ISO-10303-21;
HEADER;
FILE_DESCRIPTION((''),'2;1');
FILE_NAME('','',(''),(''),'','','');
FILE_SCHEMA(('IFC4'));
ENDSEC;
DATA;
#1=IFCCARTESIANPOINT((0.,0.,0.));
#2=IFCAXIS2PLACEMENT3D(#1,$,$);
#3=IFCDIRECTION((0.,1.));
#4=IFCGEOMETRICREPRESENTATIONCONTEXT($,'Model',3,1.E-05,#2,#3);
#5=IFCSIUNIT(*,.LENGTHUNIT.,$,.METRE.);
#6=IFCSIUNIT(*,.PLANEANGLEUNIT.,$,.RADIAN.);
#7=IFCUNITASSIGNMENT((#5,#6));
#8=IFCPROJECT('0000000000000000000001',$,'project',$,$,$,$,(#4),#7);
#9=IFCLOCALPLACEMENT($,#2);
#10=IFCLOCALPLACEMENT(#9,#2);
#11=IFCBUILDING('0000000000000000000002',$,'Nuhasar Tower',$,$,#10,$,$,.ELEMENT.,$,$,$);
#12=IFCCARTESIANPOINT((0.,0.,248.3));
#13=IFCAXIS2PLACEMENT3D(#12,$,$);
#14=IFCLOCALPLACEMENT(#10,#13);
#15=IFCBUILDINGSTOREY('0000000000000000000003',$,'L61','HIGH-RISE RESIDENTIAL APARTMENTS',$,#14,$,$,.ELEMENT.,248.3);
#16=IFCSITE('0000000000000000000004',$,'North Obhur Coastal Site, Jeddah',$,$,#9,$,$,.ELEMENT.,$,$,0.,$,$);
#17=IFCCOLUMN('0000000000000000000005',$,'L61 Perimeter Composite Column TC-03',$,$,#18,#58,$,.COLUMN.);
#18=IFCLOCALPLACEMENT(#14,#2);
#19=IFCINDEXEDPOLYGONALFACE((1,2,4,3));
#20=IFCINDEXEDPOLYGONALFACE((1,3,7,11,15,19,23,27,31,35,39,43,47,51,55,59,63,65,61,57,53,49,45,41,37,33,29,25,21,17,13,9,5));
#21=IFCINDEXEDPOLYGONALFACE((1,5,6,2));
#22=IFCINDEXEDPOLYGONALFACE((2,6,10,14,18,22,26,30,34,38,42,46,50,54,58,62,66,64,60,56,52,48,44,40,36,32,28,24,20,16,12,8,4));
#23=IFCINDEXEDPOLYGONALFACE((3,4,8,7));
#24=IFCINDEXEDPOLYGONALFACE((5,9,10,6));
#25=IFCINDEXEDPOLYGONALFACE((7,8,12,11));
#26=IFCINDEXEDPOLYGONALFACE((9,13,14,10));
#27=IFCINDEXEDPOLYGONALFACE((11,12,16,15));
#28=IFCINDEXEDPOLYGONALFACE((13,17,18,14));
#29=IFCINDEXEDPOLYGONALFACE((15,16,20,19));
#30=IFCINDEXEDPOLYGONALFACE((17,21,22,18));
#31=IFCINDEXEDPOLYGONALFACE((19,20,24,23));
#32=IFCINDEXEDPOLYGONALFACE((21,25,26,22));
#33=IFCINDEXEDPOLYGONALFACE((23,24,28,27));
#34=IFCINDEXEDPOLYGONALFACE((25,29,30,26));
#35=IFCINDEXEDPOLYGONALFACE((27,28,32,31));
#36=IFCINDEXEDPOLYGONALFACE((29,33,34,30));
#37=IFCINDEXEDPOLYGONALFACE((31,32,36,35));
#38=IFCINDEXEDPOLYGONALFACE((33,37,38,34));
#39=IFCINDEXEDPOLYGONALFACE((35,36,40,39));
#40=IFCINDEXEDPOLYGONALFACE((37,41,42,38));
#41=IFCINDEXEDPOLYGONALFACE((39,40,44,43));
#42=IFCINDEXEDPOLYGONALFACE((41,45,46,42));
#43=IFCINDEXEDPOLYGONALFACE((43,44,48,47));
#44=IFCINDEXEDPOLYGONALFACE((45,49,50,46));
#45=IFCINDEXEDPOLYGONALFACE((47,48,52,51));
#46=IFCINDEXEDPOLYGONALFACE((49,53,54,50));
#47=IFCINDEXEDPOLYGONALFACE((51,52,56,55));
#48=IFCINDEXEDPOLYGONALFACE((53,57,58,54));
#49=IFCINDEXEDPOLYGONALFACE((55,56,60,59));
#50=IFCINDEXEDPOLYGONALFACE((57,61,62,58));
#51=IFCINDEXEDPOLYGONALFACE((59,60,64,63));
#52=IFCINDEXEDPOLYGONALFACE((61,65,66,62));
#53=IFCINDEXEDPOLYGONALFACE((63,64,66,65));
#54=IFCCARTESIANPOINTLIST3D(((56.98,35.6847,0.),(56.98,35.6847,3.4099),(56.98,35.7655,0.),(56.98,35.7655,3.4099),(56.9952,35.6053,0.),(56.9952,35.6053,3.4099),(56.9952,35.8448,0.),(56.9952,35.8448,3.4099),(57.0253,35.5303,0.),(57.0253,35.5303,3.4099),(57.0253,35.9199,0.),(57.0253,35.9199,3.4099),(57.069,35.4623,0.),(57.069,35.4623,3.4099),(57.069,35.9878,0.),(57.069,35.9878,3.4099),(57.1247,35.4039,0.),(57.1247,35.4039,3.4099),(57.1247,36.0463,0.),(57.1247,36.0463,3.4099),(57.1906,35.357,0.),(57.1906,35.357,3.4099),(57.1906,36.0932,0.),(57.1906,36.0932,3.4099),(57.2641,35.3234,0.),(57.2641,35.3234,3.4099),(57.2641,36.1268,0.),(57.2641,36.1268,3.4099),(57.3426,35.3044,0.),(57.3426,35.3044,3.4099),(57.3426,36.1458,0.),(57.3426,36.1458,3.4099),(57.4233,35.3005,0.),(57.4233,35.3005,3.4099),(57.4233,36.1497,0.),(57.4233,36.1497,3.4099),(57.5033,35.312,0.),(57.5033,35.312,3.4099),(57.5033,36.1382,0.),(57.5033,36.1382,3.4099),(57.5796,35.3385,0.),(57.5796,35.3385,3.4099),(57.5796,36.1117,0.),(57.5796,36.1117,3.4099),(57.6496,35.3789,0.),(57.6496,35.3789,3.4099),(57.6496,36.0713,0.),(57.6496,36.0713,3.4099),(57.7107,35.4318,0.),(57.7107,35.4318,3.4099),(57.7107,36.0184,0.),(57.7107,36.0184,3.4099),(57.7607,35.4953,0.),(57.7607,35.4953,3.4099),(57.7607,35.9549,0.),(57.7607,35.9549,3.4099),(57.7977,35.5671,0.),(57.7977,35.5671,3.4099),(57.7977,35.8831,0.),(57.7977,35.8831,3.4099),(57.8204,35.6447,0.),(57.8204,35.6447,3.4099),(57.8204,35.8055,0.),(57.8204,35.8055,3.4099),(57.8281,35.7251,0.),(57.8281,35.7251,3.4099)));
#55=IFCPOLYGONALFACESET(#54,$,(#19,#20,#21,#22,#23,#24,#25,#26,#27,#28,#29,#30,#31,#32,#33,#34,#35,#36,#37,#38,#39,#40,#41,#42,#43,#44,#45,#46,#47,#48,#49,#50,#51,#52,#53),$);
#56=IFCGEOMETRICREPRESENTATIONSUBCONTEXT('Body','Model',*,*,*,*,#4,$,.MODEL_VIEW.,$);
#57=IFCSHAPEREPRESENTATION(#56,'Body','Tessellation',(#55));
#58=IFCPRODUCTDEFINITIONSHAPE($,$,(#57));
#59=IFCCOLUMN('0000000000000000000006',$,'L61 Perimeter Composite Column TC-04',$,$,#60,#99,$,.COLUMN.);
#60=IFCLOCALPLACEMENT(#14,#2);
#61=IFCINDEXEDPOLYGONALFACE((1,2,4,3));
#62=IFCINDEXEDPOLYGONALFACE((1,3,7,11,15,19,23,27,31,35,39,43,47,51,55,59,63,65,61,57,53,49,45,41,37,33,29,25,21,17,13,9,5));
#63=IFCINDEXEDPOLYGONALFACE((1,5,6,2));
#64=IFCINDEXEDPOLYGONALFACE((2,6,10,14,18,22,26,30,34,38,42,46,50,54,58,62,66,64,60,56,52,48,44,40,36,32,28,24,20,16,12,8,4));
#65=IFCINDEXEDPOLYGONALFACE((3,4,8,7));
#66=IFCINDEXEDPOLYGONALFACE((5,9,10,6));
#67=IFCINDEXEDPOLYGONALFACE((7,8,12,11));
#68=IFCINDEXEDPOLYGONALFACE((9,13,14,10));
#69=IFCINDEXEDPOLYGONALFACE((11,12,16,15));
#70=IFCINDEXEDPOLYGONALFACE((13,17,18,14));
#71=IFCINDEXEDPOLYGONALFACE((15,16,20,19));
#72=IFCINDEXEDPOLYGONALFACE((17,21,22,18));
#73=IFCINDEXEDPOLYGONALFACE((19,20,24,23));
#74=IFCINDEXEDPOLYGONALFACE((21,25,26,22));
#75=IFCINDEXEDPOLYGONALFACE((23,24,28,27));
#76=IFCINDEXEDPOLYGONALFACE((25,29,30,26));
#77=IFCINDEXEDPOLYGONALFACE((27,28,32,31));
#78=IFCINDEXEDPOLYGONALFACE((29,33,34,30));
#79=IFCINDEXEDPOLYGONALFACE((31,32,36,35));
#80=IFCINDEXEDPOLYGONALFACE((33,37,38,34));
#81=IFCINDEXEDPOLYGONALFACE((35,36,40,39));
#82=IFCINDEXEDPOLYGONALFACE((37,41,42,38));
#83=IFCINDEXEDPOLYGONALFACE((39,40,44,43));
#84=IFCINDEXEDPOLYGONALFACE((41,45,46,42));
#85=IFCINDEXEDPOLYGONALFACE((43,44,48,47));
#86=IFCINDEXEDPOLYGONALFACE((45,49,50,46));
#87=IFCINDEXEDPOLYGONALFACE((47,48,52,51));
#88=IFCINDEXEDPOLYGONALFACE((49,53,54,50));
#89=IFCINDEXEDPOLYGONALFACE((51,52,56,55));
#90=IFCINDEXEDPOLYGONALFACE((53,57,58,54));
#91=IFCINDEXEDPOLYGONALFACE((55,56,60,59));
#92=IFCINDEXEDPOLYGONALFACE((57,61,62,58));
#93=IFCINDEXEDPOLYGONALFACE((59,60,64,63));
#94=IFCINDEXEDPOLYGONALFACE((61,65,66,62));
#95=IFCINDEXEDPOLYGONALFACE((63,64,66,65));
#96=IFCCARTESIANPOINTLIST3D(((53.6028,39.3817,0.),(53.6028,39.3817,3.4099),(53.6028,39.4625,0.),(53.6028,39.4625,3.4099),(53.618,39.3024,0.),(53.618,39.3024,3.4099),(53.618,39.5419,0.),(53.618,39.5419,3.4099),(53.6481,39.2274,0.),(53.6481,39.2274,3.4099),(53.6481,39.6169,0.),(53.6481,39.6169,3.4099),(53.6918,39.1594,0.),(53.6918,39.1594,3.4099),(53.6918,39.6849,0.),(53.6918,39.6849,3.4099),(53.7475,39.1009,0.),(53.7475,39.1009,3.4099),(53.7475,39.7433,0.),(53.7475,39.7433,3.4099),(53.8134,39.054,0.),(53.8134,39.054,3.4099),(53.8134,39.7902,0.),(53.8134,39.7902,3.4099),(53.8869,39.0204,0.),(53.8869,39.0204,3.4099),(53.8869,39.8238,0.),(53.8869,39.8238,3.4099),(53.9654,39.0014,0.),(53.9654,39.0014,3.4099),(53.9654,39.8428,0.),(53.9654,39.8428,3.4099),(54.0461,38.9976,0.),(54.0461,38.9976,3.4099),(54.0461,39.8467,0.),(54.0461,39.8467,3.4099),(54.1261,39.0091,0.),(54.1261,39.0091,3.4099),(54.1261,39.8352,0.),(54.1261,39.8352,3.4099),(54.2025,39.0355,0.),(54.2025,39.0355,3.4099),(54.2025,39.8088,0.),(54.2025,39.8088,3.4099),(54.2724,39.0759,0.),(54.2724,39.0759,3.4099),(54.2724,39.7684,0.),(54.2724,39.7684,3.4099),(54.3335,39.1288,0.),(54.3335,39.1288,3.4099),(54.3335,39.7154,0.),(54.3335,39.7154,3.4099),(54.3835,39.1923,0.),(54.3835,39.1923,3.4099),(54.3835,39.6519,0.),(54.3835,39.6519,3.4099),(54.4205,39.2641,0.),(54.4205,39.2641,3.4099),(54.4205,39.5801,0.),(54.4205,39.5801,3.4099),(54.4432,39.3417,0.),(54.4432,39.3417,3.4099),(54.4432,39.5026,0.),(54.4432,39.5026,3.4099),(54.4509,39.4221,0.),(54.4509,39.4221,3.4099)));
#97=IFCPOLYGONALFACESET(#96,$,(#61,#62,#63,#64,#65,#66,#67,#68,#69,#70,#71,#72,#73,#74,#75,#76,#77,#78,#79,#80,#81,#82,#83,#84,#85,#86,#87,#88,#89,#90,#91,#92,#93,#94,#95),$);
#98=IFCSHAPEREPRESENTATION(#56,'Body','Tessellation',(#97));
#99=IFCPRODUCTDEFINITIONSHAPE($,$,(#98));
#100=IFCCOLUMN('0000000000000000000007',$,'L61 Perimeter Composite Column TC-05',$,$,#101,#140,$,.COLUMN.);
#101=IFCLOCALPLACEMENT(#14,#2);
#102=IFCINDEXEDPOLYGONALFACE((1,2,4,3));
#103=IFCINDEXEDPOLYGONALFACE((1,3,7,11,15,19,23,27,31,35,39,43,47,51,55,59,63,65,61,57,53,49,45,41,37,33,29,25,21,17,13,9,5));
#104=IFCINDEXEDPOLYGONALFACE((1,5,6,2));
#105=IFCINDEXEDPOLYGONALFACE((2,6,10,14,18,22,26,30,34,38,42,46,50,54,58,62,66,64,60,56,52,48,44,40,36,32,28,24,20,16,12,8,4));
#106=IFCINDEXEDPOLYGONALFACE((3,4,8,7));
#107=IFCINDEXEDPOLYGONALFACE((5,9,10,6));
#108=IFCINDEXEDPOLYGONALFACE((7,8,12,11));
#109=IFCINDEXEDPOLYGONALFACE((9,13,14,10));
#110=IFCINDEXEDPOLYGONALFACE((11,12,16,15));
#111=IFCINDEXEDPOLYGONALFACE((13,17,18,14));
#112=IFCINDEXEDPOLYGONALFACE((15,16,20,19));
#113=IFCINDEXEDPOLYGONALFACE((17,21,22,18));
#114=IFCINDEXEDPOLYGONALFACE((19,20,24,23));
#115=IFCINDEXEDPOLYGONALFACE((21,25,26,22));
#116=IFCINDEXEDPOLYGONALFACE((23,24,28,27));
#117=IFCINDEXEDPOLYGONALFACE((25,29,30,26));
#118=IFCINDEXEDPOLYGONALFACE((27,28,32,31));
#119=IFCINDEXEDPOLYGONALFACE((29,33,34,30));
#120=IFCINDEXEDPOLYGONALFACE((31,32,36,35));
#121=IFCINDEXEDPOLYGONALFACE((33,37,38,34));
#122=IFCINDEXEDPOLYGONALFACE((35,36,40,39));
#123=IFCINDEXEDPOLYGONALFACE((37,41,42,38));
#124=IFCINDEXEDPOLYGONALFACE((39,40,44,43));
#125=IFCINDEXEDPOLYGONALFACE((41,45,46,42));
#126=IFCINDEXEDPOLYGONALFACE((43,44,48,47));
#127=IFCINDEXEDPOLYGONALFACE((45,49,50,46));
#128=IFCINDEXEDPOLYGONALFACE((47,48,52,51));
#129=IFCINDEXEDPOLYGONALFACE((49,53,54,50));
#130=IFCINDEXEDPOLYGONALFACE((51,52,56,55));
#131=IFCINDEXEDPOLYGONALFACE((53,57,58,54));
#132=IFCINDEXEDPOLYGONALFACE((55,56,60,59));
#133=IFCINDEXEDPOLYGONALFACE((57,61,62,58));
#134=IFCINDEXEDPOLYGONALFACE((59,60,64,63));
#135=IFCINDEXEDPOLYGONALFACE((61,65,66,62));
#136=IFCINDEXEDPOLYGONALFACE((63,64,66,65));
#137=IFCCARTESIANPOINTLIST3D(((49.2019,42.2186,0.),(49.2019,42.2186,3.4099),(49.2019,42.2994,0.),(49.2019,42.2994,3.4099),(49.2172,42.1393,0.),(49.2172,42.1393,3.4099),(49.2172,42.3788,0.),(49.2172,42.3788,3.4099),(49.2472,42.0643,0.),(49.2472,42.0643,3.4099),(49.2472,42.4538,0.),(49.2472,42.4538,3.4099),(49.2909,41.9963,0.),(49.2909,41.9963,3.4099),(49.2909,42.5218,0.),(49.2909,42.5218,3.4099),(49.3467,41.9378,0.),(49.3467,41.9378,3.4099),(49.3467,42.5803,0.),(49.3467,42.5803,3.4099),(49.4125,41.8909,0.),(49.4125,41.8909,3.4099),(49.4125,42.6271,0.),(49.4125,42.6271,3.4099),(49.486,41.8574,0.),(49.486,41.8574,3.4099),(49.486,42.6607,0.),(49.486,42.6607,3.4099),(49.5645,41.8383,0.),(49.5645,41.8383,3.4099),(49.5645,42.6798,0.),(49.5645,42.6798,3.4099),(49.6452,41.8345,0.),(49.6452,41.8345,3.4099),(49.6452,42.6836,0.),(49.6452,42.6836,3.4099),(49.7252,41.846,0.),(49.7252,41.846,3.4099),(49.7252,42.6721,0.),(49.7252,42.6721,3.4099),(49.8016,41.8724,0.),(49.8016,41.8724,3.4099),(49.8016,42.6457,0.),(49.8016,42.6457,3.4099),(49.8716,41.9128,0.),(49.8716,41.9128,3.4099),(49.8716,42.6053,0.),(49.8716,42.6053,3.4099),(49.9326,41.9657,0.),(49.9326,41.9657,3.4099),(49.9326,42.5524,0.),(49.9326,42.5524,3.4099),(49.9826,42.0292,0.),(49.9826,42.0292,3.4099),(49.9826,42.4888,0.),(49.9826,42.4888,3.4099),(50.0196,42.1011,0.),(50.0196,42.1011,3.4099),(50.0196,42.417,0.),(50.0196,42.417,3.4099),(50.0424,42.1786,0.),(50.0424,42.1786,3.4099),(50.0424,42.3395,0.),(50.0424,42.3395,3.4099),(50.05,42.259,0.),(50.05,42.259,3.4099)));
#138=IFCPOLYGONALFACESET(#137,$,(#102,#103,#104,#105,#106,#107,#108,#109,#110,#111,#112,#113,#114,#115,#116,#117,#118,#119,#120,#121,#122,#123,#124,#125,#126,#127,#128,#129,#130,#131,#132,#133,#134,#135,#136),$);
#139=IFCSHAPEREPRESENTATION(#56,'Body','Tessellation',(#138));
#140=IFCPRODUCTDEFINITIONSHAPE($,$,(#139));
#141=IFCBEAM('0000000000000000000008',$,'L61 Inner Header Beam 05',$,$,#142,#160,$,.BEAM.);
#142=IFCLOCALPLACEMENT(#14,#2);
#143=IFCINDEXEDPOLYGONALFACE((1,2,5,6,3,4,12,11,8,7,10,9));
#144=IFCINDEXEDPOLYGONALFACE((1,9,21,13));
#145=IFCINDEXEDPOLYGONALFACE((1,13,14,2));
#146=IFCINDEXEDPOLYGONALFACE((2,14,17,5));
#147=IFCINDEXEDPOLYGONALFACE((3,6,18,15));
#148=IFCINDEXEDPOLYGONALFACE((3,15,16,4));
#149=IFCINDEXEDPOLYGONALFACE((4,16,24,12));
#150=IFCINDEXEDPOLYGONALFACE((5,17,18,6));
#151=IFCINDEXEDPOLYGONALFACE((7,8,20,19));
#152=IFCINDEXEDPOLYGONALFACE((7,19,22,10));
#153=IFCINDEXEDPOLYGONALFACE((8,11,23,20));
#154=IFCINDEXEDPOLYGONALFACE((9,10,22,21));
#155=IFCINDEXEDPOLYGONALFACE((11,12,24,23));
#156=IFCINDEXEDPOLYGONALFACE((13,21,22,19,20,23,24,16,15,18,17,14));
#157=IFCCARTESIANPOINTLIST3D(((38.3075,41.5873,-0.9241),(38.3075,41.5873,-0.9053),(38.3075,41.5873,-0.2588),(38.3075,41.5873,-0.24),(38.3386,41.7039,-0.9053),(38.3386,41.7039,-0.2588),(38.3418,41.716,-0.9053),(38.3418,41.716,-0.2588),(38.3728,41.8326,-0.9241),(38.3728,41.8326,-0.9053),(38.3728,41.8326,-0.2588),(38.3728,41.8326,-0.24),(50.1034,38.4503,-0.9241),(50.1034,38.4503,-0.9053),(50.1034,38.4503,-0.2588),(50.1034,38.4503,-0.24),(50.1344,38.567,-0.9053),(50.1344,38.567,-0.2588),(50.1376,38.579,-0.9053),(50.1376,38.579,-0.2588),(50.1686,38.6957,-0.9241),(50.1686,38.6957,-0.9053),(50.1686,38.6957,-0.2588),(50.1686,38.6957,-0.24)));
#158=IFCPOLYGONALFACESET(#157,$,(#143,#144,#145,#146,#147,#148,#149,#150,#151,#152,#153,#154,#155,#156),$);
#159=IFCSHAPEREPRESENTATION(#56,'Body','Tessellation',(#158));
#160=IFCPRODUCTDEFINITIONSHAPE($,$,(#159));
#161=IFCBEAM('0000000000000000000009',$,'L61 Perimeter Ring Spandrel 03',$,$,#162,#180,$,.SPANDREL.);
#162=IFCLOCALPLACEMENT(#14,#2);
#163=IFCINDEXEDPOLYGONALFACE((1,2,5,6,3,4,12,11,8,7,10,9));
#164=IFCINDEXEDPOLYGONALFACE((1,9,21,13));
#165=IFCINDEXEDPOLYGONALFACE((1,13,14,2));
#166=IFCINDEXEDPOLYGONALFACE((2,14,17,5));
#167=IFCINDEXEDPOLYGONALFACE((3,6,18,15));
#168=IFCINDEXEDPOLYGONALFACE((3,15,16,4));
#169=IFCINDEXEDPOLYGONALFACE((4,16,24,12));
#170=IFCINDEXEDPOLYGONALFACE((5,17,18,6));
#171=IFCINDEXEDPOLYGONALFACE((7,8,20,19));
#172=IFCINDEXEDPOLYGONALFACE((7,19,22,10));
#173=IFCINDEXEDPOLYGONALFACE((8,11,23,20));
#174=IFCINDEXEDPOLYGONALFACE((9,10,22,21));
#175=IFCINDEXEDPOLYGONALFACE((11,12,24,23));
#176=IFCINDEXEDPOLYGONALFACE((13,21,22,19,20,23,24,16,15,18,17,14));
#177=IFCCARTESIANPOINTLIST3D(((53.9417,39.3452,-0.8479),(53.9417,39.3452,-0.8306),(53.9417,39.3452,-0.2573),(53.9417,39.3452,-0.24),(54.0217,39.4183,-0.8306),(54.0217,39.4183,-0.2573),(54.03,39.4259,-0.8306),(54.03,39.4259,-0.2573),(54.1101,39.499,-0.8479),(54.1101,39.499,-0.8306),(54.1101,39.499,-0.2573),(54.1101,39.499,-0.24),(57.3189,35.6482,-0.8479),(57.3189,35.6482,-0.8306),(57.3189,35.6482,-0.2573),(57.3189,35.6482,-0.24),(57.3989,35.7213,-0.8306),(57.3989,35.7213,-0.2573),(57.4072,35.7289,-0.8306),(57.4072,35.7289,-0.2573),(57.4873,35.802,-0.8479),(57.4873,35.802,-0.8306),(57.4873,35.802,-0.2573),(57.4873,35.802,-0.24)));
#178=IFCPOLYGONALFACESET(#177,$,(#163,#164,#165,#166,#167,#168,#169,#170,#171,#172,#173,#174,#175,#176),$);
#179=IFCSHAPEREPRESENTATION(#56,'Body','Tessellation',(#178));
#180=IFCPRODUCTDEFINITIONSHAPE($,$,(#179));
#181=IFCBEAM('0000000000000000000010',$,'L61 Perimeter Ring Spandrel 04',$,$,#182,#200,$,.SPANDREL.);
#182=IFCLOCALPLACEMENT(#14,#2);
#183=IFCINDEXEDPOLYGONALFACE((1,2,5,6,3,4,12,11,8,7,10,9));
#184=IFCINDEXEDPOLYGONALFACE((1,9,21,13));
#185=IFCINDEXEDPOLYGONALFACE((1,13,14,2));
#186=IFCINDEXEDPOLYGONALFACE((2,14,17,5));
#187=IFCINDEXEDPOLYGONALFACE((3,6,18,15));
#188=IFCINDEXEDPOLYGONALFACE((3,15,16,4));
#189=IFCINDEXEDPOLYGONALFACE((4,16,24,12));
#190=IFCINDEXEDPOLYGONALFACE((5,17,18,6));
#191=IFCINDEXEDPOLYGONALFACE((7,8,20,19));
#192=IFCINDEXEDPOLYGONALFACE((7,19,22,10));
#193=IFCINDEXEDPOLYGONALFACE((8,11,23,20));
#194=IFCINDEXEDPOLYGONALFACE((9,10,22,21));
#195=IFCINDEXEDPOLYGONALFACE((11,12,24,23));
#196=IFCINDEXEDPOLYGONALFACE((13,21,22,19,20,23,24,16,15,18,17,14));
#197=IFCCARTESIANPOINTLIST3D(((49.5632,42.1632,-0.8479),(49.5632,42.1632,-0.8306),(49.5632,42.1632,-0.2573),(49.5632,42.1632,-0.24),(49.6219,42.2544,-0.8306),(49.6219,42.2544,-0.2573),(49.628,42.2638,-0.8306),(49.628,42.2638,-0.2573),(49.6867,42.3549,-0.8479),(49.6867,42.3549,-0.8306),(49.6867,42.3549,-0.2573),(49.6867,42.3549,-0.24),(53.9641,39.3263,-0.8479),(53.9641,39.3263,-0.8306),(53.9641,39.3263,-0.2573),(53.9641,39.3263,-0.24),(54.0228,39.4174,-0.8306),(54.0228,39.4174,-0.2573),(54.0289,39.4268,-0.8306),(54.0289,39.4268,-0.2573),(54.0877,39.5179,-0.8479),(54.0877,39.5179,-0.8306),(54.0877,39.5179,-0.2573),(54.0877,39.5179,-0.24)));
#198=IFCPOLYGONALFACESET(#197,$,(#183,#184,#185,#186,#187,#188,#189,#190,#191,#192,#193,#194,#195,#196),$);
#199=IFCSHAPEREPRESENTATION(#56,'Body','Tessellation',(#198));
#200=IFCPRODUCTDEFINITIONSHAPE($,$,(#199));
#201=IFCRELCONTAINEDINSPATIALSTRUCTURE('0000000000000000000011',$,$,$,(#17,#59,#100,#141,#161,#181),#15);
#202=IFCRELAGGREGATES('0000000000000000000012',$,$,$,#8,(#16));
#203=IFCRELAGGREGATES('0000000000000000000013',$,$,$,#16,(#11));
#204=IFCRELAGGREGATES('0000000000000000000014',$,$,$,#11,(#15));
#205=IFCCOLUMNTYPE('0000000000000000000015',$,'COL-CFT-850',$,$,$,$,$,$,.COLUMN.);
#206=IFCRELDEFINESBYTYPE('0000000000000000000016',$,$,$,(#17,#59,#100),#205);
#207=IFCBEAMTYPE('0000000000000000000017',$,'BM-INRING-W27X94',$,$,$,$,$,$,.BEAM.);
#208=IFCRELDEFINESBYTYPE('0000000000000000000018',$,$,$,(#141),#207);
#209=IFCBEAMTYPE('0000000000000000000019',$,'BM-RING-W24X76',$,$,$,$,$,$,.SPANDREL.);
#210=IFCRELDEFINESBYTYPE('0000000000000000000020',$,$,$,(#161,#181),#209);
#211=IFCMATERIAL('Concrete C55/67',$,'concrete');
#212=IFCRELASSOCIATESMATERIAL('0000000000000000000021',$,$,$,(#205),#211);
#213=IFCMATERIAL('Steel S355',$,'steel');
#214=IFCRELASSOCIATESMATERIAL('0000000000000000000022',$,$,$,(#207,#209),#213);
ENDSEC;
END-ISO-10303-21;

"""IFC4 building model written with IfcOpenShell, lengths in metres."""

from ifc_helpers import new_model, si_unit, direction, frame, origin, origin_2d, place, context, subcontext, project, spatial, circle, i_section, extrude, material, material_profile, profile_set, type_object, element, save


model = new_model("IFC4")

# Units and contexts
model_context = context("Model", 3, precision=1e-05, world=origin(), true_north=direction((0.0, 1.0)))
body_context = subcontext(model_context, "Body", "Model", "MODEL_VIEW")
ifc_project = project(units=[si_unit("LENGTHUNIT", "METRE"), si_unit("PLANEANGLEUNIT", "RADIAN")], contexts=[model_context])

# Site, building, storey
site_placement = place(None, origin())
site = spatial("IfcSite", under=ifc_project, at=site_placement, Name="North Obhur Coastal Site, Jeddah", CompositionType="ELEMENT", RefElevation=0.0)
building_placement = place(site_placement, origin())
building = spatial("IfcBuilding", under=site, at=building_placement, Name="Nuhasar Tower", CompositionType="ELEMENT")
storey_placement = place(building_placement, frame((0.0, 0.0, 248.3)))
storey = spatial("IfcBuildingStorey", under=building, at=storey_placement, Name="L61", Description="HIGH-RISE RESIDENTIAL APARTMENTS", CompositionType="ELEMENT", Elevation=248.3)

# Columns
ifc_material_1 = material(Name="Concrete C55/67", Category="concrete")
ifc_material_profile_1 = material_profile(ifc_material_1, circle(Radius=0.425, at=origin_2d()), Name="CFT850")
ifc_profile_set_1 = profile_set([ifc_material_profile_1], Name="Concrete C55/67")
column_type = type_object("IfcColumnType", Name="COL-CFT-850", PredefinedType="COLUMN", material=ifc_profile_set_1)
for number, where, z_axis, x_axis, name in (
    (1, (57.4031, 35.7251, 0.0), (0.0, 0.0, 1.0), (1.0, 0.0, 0.0), "L61 Perimeter Composite Column TC-03"),
    (2, (54.0259, 39.4221, 0.0), (0.0, 0.0, 1.0), (1.0, 0.0, 0.0), "L61 Perimeter Composite Column TC-04"),
    (3, (49.625, 42.259, 0.0), (0.0, 0.0, 1.0), (1.0, 0.0, 0.0), "L61 Perimeter Composite Column TC-05"),
):
    element("IfcColumn", number, at=place(storey_placement, frame(where, z_axis=z_axis, x_axis=x_axis)), inside=storey, type_object=column_type, Name=name, PredefinedType="COLUMN", context=body_context, shape_type="SweptSolid", body=[
        extrude(circle(Radius=0.425, at=origin_2d()), origin(), (0.0, 0.0, 1.0), 3.4099),
    ])

# Beams
ifc_material_2 = material(Name="Steel S355", Category="steel")
ifc_material_profile_2 = material_profile(ifc_material_2, i_section(OverallWidth=0.2539, OverallDepth=0.6841, WebThickness=0.0125, FlangeThickness=0.0188, at=origin_2d()), Name="W27X94")
ifc_profile_set_2 = profile_set([ifc_material_profile_2], Name="Steel S355")
beam_type_1 = type_object("IfcBeamType", Name="BM-INRING-W27X94", PredefinedType="BEAM", material=ifc_profile_set_2)
beam_1_placement = place(storey_placement, frame((50.136, 38.573, -0.582), z_axis=(-0.96641, 0.257004, 0.0), x_axis=(-0.257004, -0.96641, 0.0)))
element("IfcBeam", 4, at=beam_1_placement, inside=storey, type_object=beam_type_1, Name="L61 Inner Header Beam 05", PredefinedType="BEAM", context=body_context, shape_type="SweptSolid", body=[
    extrude(i_section(OverallWidth=0.2539, OverallDepth=0.6841, WebThickness=0.0125, FlangeThickness=0.0188, at=origin_2d()), origin(), (0.0, 0.0, 1.0), 12.2058),
])
ifc_material_profile_3 = material_profile(ifc_material_2, i_section(OverallWidth=0.228, OverallDepth=0.6079, WebThickness=0.0112, FlangeThickness=0.0173, at=origin_2d()), Name="W24X76")
ifc_profile_set_3 = profile_set([ifc_material_profile_3], Name="Steel S355")
beam_type_2 = type_object("IfcBeamType", Name="BM-RING-W24X76", PredefinedType="SPANDREL", material=ifc_profile_set_3)
beam_2_placement = place(storey_placement, frame((57.4031, 35.7251, -0.5439), z_axis=(-0.67445, 0.738321, 0.0), x_axis=(-0.738321, -0.67445, 0.0)))
element("IfcBeam", 5, at=beam_2_placement, inside=storey, type_object=beam_type_2, Name="L61 Perimeter Ring Spandrel 03", PredefinedType="SPANDREL", context=body_context, shape_type="SweptSolid", body=[
    extrude(i_section(OverallWidth=0.228, OverallDepth=0.6079, WebThickness=0.0112, FlangeThickness=0.0173, at=origin_2d()), origin(), (0.0, 0.0, 1.0), 5.0073),
])
beam_3_placement = place(storey_placement, frame((54.0259, 39.4221, -0.5439), z_axis=(-0.840502, 0.541808, 0.0), x_axis=(-0.541808, -0.840502, 0.0)))
element("IfcBeam", 6, at=beam_3_placement, inside=storey, type_object=beam_type_2, Name="L61 Perimeter Ring Spandrel 04", PredefinedType="SPANDREL", context=body_context, shape_type="SweptSolid", body=[
    extrude(i_section(OverallWidth=0.228, OverallDepth=0.6079, WebThickness=0.0112, FlangeThickness=0.0173, at=origin_2d()), origin(), (0.0, 0.0, 1.0), 5.2361),
])

save(model, "model.ifc")
